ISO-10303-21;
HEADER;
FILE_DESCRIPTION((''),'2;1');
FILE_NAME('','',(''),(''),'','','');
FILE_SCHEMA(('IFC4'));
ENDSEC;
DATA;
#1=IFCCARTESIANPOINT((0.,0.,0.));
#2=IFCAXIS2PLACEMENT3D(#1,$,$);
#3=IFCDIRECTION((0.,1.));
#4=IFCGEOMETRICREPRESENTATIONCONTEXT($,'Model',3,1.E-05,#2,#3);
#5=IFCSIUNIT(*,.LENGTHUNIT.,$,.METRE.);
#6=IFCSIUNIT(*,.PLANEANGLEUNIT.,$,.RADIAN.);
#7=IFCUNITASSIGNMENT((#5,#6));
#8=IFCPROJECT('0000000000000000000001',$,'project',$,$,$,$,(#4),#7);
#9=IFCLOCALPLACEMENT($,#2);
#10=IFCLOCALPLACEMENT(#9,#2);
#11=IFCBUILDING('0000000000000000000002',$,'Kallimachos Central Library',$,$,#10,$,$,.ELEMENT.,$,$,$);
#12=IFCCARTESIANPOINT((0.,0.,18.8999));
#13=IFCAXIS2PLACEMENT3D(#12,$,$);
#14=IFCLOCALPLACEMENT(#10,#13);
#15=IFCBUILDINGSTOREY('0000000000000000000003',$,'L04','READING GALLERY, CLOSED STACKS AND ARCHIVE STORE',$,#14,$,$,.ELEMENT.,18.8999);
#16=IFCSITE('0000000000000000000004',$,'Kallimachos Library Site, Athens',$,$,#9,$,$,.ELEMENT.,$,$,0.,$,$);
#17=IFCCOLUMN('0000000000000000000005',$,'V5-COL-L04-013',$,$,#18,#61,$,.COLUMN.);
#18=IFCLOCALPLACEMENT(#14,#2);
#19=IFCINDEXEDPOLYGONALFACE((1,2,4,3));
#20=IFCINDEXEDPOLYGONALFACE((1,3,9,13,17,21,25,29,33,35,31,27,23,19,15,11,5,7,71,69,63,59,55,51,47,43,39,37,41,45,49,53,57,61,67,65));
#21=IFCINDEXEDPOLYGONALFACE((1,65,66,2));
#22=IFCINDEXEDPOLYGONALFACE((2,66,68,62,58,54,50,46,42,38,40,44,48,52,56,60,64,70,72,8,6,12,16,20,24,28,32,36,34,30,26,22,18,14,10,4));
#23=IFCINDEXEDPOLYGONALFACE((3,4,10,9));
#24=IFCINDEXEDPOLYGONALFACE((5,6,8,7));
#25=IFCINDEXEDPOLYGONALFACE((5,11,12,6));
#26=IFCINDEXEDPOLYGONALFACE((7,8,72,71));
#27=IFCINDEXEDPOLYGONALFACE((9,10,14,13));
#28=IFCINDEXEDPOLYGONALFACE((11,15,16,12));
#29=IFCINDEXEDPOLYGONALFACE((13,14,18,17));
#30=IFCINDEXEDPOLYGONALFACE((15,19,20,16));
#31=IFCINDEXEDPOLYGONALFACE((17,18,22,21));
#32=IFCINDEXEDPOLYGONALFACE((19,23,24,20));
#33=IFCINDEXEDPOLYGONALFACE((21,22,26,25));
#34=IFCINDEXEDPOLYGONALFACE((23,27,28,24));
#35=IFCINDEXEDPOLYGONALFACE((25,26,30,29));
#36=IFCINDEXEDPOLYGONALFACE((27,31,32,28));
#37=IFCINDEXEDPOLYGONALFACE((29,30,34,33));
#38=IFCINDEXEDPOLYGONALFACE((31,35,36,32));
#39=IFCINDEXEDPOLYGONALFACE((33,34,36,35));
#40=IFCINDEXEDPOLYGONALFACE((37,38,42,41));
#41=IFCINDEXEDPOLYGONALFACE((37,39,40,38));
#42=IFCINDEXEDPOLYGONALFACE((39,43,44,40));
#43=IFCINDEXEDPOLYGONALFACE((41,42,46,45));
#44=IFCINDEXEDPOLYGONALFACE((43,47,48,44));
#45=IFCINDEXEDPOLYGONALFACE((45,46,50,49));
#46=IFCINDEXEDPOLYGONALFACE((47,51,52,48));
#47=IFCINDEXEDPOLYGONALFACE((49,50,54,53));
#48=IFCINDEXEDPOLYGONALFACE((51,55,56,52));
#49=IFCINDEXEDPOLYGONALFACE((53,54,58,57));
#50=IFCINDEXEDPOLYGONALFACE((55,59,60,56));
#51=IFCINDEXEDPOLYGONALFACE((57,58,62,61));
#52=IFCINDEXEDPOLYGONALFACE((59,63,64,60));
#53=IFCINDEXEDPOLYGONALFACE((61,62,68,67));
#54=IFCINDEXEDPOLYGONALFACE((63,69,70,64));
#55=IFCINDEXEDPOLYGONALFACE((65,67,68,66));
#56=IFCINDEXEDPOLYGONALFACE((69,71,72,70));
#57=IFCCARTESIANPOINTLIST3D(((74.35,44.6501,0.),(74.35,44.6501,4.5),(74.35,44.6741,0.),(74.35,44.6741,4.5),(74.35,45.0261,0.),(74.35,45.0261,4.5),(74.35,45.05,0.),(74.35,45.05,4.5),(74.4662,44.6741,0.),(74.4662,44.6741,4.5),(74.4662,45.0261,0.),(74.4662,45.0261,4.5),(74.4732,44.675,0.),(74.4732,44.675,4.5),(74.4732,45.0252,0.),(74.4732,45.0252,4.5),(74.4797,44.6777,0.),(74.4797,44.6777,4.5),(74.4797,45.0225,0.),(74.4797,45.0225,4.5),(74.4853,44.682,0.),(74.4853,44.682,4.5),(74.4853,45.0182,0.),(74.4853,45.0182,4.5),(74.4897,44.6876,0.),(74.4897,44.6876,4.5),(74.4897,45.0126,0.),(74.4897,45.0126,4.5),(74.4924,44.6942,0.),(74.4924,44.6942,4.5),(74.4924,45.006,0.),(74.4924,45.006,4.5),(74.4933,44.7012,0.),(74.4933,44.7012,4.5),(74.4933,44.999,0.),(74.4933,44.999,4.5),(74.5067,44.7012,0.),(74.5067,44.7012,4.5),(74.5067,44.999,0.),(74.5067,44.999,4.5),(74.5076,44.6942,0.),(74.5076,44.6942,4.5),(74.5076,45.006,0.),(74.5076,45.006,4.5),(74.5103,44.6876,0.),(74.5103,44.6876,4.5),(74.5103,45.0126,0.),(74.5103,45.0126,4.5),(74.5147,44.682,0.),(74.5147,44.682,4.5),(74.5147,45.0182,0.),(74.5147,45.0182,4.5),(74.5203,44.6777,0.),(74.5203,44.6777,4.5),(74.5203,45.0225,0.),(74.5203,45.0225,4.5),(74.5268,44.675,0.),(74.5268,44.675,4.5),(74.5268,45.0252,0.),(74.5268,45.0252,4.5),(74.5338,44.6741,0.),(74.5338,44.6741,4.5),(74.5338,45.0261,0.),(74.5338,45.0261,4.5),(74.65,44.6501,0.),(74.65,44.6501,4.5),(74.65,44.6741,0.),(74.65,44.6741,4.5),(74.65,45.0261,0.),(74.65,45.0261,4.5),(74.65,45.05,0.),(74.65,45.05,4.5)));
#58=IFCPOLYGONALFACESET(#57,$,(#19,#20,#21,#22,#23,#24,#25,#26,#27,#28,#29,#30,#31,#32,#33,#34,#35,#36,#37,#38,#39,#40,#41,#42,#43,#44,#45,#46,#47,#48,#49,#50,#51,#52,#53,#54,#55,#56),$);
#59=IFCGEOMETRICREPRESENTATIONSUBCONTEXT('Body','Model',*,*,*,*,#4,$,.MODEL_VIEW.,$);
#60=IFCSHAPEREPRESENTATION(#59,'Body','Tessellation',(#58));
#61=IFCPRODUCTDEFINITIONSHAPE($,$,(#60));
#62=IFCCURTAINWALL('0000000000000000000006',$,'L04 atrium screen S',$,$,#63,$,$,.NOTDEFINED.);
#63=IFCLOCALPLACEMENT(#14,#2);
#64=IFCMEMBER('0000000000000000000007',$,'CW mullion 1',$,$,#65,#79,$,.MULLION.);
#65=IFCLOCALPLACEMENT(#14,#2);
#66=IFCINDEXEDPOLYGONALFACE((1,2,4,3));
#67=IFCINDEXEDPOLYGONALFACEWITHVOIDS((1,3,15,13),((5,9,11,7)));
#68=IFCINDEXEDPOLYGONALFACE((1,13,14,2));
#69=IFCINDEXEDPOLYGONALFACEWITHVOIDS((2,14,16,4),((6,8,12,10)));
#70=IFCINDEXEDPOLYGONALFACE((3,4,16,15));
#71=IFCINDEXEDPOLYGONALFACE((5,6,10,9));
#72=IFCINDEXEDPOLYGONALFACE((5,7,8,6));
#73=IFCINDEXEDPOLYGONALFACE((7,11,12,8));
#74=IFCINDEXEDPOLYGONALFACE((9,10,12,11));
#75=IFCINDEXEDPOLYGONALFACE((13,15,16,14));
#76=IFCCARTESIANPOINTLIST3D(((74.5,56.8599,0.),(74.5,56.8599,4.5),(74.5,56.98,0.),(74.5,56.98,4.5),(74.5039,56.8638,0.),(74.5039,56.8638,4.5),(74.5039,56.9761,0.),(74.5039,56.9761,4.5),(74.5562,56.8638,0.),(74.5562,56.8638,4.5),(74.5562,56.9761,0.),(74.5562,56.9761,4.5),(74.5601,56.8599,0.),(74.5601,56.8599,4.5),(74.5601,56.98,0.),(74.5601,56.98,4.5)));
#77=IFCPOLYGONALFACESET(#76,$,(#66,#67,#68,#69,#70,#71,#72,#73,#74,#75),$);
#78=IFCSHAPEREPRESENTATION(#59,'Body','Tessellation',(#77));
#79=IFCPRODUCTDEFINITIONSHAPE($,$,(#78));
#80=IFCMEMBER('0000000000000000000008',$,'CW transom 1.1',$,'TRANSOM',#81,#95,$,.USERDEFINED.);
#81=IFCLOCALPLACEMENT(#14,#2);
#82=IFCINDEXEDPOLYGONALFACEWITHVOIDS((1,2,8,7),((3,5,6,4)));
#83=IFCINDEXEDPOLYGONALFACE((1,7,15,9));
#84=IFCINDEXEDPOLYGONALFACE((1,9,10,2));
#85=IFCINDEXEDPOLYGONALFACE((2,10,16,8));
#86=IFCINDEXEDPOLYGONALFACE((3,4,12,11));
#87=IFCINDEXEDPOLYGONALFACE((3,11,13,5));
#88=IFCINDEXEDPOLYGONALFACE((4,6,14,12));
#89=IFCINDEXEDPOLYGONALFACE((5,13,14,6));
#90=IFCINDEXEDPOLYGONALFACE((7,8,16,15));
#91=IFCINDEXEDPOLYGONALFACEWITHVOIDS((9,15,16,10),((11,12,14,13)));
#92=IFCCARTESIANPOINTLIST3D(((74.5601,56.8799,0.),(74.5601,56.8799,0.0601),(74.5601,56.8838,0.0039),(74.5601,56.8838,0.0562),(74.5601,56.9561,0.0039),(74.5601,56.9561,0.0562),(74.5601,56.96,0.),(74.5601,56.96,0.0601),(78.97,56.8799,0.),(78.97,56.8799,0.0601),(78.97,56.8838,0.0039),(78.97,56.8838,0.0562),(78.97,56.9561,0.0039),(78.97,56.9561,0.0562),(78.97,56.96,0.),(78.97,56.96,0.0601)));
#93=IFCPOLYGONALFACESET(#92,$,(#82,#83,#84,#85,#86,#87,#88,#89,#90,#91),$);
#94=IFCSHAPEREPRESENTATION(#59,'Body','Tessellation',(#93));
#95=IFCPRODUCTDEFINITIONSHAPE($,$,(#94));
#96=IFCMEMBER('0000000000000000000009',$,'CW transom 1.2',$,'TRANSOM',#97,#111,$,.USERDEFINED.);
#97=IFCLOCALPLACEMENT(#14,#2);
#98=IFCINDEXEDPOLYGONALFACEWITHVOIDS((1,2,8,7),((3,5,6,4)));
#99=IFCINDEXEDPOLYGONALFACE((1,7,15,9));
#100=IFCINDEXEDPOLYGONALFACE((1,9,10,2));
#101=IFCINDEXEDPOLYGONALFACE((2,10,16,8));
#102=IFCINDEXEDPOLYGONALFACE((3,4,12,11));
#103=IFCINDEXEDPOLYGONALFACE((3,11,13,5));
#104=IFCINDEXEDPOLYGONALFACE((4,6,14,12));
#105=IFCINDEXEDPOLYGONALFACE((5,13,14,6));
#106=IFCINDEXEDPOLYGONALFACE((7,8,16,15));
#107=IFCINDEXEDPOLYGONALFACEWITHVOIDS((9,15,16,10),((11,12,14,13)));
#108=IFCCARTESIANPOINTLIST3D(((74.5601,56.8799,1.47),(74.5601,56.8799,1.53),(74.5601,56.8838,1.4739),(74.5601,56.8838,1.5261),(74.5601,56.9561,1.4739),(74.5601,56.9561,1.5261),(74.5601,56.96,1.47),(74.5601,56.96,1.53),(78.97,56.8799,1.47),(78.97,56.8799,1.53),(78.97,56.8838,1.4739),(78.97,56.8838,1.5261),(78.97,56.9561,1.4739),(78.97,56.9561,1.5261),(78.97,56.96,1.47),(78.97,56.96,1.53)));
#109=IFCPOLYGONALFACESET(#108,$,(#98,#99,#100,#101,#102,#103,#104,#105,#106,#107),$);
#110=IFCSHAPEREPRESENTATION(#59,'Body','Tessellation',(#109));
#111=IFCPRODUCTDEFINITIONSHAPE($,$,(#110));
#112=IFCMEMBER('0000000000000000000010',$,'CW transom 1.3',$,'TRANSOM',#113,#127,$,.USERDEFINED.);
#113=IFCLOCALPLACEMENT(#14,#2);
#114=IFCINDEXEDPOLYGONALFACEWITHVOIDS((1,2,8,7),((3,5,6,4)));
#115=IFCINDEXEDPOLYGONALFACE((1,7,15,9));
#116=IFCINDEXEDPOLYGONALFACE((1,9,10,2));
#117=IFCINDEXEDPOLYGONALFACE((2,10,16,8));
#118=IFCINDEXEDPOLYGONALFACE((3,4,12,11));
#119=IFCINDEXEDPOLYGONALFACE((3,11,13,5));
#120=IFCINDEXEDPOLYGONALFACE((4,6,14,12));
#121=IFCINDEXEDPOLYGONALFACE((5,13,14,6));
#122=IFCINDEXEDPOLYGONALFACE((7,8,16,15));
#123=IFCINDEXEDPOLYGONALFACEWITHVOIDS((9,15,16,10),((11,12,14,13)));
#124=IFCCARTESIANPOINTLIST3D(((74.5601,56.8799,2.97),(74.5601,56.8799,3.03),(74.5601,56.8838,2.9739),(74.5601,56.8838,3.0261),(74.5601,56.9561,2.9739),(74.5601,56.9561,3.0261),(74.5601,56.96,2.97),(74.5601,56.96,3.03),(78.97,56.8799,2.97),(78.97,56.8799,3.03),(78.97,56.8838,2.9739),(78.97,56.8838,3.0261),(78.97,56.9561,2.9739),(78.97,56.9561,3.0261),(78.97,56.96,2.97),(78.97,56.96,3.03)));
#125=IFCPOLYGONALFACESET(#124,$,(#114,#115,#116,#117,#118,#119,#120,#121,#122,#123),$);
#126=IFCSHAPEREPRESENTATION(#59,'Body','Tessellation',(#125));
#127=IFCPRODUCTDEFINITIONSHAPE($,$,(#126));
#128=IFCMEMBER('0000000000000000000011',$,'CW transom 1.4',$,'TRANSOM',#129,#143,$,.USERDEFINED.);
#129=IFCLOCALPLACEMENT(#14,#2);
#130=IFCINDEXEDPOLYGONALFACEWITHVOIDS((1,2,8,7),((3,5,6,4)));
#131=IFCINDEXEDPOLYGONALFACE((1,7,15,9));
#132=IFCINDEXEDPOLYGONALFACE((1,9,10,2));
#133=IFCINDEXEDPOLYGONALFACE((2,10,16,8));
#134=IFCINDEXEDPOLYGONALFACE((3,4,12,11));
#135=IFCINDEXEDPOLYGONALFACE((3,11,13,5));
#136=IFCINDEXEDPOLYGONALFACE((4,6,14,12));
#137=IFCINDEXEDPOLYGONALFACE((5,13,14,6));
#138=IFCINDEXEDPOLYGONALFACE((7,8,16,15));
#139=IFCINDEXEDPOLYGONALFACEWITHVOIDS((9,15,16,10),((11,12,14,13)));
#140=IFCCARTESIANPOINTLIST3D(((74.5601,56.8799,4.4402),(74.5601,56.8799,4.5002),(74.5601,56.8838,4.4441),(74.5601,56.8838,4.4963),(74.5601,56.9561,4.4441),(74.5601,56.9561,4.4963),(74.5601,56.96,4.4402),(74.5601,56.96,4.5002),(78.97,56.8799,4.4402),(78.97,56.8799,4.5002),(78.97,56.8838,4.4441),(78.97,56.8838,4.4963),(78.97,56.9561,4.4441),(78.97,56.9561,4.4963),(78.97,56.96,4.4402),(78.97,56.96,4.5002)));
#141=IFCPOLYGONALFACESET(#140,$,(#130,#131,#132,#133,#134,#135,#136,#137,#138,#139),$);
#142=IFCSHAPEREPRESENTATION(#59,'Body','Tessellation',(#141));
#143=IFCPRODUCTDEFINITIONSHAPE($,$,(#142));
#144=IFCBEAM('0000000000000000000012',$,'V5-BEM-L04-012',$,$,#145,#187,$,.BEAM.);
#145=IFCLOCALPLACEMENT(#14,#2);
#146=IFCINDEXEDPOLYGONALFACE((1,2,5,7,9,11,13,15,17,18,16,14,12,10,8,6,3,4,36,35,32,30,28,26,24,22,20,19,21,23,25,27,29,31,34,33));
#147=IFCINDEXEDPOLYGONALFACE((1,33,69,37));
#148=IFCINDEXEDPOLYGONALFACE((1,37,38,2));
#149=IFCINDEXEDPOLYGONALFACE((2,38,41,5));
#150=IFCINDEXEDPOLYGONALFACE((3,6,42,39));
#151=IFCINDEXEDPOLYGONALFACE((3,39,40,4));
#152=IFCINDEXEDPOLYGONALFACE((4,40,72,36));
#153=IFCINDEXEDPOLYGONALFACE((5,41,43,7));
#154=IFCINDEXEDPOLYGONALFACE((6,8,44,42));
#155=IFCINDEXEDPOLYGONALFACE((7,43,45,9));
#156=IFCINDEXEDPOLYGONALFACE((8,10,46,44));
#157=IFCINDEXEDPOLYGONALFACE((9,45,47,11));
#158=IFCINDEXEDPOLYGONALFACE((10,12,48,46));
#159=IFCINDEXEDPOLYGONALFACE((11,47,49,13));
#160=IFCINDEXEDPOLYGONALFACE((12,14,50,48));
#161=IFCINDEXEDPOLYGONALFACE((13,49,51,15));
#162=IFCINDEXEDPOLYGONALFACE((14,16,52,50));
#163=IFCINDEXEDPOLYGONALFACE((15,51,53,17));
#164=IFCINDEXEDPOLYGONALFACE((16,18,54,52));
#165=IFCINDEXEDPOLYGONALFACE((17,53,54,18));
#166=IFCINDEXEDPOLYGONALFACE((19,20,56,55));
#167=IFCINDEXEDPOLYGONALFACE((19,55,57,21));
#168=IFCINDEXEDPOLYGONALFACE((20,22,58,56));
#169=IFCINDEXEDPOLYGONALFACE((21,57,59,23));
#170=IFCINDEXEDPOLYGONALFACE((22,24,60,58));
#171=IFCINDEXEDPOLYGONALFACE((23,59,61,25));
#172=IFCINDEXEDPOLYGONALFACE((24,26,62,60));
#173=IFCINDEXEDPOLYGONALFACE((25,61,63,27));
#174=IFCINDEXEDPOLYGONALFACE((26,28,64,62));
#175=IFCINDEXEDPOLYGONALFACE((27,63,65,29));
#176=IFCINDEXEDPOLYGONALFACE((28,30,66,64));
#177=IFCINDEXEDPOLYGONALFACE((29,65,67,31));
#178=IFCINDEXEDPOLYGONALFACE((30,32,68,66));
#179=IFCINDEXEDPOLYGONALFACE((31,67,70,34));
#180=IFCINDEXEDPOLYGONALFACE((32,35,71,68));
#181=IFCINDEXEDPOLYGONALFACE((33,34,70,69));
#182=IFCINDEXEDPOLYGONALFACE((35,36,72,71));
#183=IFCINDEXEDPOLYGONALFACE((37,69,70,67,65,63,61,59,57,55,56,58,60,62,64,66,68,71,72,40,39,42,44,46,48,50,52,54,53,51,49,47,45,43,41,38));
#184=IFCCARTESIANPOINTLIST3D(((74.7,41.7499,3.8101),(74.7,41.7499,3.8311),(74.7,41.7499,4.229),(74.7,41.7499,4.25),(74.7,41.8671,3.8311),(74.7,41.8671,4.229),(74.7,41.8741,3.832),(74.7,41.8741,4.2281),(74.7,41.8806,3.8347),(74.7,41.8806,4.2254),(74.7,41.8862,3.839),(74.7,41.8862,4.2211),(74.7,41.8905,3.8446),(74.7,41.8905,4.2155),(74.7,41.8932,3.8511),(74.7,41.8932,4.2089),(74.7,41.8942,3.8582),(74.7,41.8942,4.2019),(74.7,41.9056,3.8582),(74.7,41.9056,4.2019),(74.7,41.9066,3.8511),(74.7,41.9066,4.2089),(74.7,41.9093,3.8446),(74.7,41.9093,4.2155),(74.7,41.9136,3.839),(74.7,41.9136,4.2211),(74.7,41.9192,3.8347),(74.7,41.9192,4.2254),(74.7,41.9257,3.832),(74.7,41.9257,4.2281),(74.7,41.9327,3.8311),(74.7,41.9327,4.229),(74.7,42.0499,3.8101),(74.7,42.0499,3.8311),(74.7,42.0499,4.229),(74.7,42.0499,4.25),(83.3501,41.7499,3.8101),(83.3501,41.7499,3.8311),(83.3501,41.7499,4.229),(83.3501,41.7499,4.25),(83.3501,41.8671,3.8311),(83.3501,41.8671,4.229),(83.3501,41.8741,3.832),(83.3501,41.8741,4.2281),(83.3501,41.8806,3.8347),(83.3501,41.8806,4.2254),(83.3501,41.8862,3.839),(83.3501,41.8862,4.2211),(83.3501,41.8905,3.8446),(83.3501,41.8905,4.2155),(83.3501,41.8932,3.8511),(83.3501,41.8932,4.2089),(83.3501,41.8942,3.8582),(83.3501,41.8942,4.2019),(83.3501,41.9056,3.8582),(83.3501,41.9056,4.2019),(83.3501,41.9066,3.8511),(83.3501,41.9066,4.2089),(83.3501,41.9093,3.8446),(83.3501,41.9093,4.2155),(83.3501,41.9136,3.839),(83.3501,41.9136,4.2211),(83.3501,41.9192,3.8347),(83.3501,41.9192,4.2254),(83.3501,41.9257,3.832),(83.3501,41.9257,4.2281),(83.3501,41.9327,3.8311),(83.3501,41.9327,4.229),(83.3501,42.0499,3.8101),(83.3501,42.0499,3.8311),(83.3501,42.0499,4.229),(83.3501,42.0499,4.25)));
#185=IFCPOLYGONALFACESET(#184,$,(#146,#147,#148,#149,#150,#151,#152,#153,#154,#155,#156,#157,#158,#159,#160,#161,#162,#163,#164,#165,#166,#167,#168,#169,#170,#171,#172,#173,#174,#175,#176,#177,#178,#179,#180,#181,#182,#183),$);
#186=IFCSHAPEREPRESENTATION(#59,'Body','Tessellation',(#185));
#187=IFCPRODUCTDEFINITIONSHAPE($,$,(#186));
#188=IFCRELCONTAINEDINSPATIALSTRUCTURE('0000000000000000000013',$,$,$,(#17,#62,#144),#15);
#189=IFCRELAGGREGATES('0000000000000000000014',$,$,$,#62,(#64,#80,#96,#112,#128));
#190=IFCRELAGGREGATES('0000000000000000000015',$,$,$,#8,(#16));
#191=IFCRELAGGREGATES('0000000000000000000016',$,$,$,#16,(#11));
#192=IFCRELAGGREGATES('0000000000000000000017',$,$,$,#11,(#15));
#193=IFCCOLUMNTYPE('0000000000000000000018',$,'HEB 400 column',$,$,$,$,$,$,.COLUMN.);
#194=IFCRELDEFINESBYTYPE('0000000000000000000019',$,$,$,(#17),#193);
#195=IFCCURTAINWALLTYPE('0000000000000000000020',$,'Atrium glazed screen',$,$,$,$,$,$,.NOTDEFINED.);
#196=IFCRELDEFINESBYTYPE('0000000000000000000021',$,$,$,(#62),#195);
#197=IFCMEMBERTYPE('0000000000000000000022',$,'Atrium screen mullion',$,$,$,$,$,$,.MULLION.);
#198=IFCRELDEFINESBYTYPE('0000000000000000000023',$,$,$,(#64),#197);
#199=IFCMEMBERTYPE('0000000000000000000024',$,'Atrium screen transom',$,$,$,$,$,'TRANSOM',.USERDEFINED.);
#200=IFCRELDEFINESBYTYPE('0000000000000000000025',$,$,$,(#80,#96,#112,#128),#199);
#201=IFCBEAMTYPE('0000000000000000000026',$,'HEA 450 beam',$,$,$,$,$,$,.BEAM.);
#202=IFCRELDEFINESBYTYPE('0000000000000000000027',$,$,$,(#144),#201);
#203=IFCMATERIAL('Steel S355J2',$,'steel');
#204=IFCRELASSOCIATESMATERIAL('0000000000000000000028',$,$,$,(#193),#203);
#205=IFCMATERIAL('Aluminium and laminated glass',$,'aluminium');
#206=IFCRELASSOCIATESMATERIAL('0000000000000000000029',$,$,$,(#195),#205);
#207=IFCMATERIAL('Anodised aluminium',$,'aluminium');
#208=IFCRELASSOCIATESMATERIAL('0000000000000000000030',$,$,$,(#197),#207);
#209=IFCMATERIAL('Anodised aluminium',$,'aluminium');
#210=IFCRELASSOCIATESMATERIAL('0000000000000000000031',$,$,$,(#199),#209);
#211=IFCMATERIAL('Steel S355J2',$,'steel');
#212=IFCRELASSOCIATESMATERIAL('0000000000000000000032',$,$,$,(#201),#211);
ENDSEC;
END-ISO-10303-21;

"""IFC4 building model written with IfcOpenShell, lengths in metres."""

from ifc_helpers import new_model, si_unit, direction, frame, origin, origin_2d, place, context, subcontext, project, spatial, hollow_rectangle, i_section, extrude, material, material_profile, profile_set, type_object, element, aggregate, save


model = new_model("IFC4")

# Units and contexts
model_context = context("Model", 3, precision=1e-05, world=origin(), true_north=direction((0.0, 1.0)))
body_context = subcontext(model_context, "Body", "Model", "MODEL_VIEW")
ifc_project = project(units=[si_unit("LENGTHUNIT", "METRE"), si_unit("PLANEANGLEUNIT", "RADIAN")], contexts=[model_context])

# Site, building, storey
site_placement = place(None, origin())
site = spatial("IfcSite", under=ifc_project, at=site_placement, Name="Kallimachos Library Site, Athens", CompositionType="ELEMENT", RefElevation=0.0)
building_placement = place(site_placement, origin())
building = spatial("IfcBuilding", under=site, at=building_placement, Name="Kallimachos Central Library", CompositionType="ELEMENT")
storey_placement = place(building_placement, frame((0.0, 0.0, 18.8999)))
storey = spatial("IfcBuildingStorey", under=building, at=storey_placement, Name="L04", Description="READING GALLERY, CLOSED STACKS AND ARCHIVE STORE", CompositionType="ELEMENT", Elevation=18.8999)

# Column
ifc_material_1 = material(Name="Steel S355J2", Category="steel")
ifc_material_profile_1 = material_profile(ifc_material_1, i_section(OverallWidth=0.3, OverallDepth=0.3999, WebThickness=0.0134, FlangeThickness=0.0239, FilletRadius=0.0271, at=origin_2d()), Name="HEB 400")
ifc_profile_set_1 = profile_set([ifc_material_profile_1], Name="Steel S355J2")
column_type = type_object("IfcColumnType", Name="HEB 400 column", PredefinedType="COLUMN", material=ifc_profile_set_1)
column_placement = place(storey_placement, frame((74.5, 44.8501, 0.0), z_axis=(0.0, 0.0, 1.0), x_axis=(1.0, 0.0, 0.0)))
element("IfcColumn", 1, at=column_placement, inside=storey, type_object=column_type, Name="V5-COL-L04-013", PredefinedType="COLUMN", context=body_context, shape_type="SweptSolid", body=[
    extrude(i_section(OverallWidth=0.3, OverallDepth=0.3999, WebThickness=0.0134, FlangeThickness=0.0239, FilletRadius=0.0271, at=origin_2d()), origin(), (0.0, 0.0, 1.0), 4.5),
])

# Curtain wall, members
ifc_material_2 = material(Name="Aluminium and laminated glass", Category="aluminium")
curtain_wall_type = type_object("IfcCurtainWallType", Name="Atrium glazed screen", PredefinedType="NOTDEFINED", material=ifc_material_2)
curtain_wall_placement = place(storey_placement, origin())
curtain_wall = element("IfcCurtainWall", 2, at=curtain_wall_placement, inside=storey, type_object=curtain_wall_type, Name="L04 atrium screen S", PredefinedType="NOTDEFINED")
ifc_material_3 = material(Name="Anodised aluminium", Category="aluminium")
ifc_material_profile_2 = material_profile(ifc_material_3, hollow_rectangle(XDim=0.0601, YDim=0.1201, WallThickness=0.0039, at=origin_2d()), Name="ALU MULLION 60x120")
ifc_profile_set_2 = profile_set([ifc_material_profile_2], Name="Anodised aluminium")
member_type_1 = type_object("IfcMemberType", Name="Atrium screen mullion", PredefinedType="MULLION", material=ifc_profile_set_2)
member_1_placement = place(storey_placement, frame((74.53, 56.9199, 0.0), z_axis=(0.0, 0.0, 1.0), x_axis=(1.0, 0.0, 0.0)))
member_1 = element("IfcMember", 3, at=member_1_placement, type_object=member_type_1, Name="CW mullion 1", PredefinedType="MULLION", context=body_context, shape_type="SweptSolid", body=[
    extrude(hollow_rectangle(XDim=0.0601, YDim=0.1201, WallThickness=0.0039, at=origin_2d()), origin(), (0.0, 0.0, 1.0), 4.5),
])
ifc_material_4 = material(Name="Anodised aluminium", Category="aluminium")
ifc_material_profile_3 = material_profile(ifc_material_4, hollow_rectangle(XDim=0.0601, YDim=0.0801, WallThickness=0.0039, at=origin_2d()), Name="ALU TRANSOM 60x80")
ifc_profile_set_3 = profile_set([ifc_material_profile_3], Name="Anodised aluminium")
member_type_2 = type_object("IfcMemberType", Name="Atrium screen transom", ElementType="TRANSOM", PredefinedType="USERDEFINED", material=ifc_profile_set_3)
member_2_placement = place(storey_placement, frame((74.5601, 56.9199, 0.03), z_axis=(1.0, 0.0, 0.0), x_axis=(0.0, 0.0, 1.0)))
member_2 = element("IfcMember", 4, at=member_2_placement, type_object=member_type_2, Name="CW transom 1.1", ObjectType="TRANSOM", PredefinedType="USERDEFINED", context=body_context, shape_type="SweptSolid", body=[
    extrude(hollow_rectangle(XDim=0.0601, YDim=0.0801, WallThickness=0.0039, at=origin_2d()), origin(), (0.0, 0.0, 1.0), 4.4099),
])
member_3_placement = place(storey_placement, frame((74.5601, 56.9199, 1.5), z_axis=(1.0, 0.0, 0.0), x_axis=(0.0, 0.0, 1.0)))
member_3 = element("IfcMember", 5, at=member_3_placement, type_object=member_type_2, Name="CW transom 1.2", ObjectType="TRANSOM", PredefinedType="USERDEFINED", context=body_context, shape_type="SweptSolid", body=[
    extrude(hollow_rectangle(XDim=0.0601, YDim=0.0801, WallThickness=0.0039, at=origin_2d()), origin(), (0.0, 0.0, 1.0), 4.4099),
])
member_4_placement = place(storey_placement, frame((74.5601, 56.9199, 3.0), z_axis=(1.0, 0.0, 0.0), x_axis=(0.0, 0.0, 1.0)))
member_4 = element("IfcMember", 6, at=member_4_placement, type_object=member_type_2, Name="CW transom 1.3", ObjectType="TRANSOM", PredefinedType="USERDEFINED", context=body_context, shape_type="SweptSolid", body=[
    extrude(hollow_rectangle(XDim=0.0601, YDim=0.0801, WallThickness=0.0039, at=origin_2d()), origin(), (0.0, 0.0, 1.0), 4.4099),
])
member_5_placement = place(storey_placement, frame((74.5601, 56.9199, 4.4702), z_axis=(1.0, 0.0, 0.0), x_axis=(0.0, 0.0, 1.0)))
member_5 = element("IfcMember", 7, at=member_5_placement, type_object=member_type_2, Name="CW transom 1.4", ObjectType="TRANSOM", PredefinedType="USERDEFINED", context=body_context, shape_type="SweptSolid", body=[
    extrude(hollow_rectangle(XDim=0.0601, YDim=0.0801, WallThickness=0.0039, at=origin_2d()), origin(), (0.0, 0.0, 1.0), 4.4099),
])
aggregate(curtain_wall, [member_1, member_2, member_3, member_4, member_5])

# Beam
ifc_material_5 = material(Name="Steel S355J2", Category="steel")
ifc_material_profile_4 = material_profile(ifc_material_5, i_section(OverallWidth=0.3, OverallDepth=0.4399, WebThickness=0.0115, FlangeThickness=0.021, FilletRadius=0.0271, at=origin_2d()), Name="HEA 450")
ifc_profile_set_4 = profile_set([ifc_material_profile_4], Name="Steel S355J2")
beam_type = type_object("IfcBeamType", Name="HEA 450 beam", PredefinedType="BEAM", material=ifc_profile_set_4)
beam_placement = place(storey_placement, frame((74.7, 41.8999, 4.03), z_axis=(1.0, 0.0, 0.0), x_axis=(0.0, 1.0, 0.0)))
element("IfcBeam", 8, at=beam_placement, inside=storey, type_object=beam_type, Name="V5-BEM-L04-012", PredefinedType="BEAM", context=body_context, shape_type="SweptSolid", body=[
    extrude(i_section(OverallWidth=0.3, OverallDepth=0.4399, WebThickness=0.0115, FlangeThickness=0.021, FilletRadius=0.0271, at=origin_2d()), origin(), (0.0, 0.0, 1.0), 8.6501),
])

save(model, "model.ifc")
